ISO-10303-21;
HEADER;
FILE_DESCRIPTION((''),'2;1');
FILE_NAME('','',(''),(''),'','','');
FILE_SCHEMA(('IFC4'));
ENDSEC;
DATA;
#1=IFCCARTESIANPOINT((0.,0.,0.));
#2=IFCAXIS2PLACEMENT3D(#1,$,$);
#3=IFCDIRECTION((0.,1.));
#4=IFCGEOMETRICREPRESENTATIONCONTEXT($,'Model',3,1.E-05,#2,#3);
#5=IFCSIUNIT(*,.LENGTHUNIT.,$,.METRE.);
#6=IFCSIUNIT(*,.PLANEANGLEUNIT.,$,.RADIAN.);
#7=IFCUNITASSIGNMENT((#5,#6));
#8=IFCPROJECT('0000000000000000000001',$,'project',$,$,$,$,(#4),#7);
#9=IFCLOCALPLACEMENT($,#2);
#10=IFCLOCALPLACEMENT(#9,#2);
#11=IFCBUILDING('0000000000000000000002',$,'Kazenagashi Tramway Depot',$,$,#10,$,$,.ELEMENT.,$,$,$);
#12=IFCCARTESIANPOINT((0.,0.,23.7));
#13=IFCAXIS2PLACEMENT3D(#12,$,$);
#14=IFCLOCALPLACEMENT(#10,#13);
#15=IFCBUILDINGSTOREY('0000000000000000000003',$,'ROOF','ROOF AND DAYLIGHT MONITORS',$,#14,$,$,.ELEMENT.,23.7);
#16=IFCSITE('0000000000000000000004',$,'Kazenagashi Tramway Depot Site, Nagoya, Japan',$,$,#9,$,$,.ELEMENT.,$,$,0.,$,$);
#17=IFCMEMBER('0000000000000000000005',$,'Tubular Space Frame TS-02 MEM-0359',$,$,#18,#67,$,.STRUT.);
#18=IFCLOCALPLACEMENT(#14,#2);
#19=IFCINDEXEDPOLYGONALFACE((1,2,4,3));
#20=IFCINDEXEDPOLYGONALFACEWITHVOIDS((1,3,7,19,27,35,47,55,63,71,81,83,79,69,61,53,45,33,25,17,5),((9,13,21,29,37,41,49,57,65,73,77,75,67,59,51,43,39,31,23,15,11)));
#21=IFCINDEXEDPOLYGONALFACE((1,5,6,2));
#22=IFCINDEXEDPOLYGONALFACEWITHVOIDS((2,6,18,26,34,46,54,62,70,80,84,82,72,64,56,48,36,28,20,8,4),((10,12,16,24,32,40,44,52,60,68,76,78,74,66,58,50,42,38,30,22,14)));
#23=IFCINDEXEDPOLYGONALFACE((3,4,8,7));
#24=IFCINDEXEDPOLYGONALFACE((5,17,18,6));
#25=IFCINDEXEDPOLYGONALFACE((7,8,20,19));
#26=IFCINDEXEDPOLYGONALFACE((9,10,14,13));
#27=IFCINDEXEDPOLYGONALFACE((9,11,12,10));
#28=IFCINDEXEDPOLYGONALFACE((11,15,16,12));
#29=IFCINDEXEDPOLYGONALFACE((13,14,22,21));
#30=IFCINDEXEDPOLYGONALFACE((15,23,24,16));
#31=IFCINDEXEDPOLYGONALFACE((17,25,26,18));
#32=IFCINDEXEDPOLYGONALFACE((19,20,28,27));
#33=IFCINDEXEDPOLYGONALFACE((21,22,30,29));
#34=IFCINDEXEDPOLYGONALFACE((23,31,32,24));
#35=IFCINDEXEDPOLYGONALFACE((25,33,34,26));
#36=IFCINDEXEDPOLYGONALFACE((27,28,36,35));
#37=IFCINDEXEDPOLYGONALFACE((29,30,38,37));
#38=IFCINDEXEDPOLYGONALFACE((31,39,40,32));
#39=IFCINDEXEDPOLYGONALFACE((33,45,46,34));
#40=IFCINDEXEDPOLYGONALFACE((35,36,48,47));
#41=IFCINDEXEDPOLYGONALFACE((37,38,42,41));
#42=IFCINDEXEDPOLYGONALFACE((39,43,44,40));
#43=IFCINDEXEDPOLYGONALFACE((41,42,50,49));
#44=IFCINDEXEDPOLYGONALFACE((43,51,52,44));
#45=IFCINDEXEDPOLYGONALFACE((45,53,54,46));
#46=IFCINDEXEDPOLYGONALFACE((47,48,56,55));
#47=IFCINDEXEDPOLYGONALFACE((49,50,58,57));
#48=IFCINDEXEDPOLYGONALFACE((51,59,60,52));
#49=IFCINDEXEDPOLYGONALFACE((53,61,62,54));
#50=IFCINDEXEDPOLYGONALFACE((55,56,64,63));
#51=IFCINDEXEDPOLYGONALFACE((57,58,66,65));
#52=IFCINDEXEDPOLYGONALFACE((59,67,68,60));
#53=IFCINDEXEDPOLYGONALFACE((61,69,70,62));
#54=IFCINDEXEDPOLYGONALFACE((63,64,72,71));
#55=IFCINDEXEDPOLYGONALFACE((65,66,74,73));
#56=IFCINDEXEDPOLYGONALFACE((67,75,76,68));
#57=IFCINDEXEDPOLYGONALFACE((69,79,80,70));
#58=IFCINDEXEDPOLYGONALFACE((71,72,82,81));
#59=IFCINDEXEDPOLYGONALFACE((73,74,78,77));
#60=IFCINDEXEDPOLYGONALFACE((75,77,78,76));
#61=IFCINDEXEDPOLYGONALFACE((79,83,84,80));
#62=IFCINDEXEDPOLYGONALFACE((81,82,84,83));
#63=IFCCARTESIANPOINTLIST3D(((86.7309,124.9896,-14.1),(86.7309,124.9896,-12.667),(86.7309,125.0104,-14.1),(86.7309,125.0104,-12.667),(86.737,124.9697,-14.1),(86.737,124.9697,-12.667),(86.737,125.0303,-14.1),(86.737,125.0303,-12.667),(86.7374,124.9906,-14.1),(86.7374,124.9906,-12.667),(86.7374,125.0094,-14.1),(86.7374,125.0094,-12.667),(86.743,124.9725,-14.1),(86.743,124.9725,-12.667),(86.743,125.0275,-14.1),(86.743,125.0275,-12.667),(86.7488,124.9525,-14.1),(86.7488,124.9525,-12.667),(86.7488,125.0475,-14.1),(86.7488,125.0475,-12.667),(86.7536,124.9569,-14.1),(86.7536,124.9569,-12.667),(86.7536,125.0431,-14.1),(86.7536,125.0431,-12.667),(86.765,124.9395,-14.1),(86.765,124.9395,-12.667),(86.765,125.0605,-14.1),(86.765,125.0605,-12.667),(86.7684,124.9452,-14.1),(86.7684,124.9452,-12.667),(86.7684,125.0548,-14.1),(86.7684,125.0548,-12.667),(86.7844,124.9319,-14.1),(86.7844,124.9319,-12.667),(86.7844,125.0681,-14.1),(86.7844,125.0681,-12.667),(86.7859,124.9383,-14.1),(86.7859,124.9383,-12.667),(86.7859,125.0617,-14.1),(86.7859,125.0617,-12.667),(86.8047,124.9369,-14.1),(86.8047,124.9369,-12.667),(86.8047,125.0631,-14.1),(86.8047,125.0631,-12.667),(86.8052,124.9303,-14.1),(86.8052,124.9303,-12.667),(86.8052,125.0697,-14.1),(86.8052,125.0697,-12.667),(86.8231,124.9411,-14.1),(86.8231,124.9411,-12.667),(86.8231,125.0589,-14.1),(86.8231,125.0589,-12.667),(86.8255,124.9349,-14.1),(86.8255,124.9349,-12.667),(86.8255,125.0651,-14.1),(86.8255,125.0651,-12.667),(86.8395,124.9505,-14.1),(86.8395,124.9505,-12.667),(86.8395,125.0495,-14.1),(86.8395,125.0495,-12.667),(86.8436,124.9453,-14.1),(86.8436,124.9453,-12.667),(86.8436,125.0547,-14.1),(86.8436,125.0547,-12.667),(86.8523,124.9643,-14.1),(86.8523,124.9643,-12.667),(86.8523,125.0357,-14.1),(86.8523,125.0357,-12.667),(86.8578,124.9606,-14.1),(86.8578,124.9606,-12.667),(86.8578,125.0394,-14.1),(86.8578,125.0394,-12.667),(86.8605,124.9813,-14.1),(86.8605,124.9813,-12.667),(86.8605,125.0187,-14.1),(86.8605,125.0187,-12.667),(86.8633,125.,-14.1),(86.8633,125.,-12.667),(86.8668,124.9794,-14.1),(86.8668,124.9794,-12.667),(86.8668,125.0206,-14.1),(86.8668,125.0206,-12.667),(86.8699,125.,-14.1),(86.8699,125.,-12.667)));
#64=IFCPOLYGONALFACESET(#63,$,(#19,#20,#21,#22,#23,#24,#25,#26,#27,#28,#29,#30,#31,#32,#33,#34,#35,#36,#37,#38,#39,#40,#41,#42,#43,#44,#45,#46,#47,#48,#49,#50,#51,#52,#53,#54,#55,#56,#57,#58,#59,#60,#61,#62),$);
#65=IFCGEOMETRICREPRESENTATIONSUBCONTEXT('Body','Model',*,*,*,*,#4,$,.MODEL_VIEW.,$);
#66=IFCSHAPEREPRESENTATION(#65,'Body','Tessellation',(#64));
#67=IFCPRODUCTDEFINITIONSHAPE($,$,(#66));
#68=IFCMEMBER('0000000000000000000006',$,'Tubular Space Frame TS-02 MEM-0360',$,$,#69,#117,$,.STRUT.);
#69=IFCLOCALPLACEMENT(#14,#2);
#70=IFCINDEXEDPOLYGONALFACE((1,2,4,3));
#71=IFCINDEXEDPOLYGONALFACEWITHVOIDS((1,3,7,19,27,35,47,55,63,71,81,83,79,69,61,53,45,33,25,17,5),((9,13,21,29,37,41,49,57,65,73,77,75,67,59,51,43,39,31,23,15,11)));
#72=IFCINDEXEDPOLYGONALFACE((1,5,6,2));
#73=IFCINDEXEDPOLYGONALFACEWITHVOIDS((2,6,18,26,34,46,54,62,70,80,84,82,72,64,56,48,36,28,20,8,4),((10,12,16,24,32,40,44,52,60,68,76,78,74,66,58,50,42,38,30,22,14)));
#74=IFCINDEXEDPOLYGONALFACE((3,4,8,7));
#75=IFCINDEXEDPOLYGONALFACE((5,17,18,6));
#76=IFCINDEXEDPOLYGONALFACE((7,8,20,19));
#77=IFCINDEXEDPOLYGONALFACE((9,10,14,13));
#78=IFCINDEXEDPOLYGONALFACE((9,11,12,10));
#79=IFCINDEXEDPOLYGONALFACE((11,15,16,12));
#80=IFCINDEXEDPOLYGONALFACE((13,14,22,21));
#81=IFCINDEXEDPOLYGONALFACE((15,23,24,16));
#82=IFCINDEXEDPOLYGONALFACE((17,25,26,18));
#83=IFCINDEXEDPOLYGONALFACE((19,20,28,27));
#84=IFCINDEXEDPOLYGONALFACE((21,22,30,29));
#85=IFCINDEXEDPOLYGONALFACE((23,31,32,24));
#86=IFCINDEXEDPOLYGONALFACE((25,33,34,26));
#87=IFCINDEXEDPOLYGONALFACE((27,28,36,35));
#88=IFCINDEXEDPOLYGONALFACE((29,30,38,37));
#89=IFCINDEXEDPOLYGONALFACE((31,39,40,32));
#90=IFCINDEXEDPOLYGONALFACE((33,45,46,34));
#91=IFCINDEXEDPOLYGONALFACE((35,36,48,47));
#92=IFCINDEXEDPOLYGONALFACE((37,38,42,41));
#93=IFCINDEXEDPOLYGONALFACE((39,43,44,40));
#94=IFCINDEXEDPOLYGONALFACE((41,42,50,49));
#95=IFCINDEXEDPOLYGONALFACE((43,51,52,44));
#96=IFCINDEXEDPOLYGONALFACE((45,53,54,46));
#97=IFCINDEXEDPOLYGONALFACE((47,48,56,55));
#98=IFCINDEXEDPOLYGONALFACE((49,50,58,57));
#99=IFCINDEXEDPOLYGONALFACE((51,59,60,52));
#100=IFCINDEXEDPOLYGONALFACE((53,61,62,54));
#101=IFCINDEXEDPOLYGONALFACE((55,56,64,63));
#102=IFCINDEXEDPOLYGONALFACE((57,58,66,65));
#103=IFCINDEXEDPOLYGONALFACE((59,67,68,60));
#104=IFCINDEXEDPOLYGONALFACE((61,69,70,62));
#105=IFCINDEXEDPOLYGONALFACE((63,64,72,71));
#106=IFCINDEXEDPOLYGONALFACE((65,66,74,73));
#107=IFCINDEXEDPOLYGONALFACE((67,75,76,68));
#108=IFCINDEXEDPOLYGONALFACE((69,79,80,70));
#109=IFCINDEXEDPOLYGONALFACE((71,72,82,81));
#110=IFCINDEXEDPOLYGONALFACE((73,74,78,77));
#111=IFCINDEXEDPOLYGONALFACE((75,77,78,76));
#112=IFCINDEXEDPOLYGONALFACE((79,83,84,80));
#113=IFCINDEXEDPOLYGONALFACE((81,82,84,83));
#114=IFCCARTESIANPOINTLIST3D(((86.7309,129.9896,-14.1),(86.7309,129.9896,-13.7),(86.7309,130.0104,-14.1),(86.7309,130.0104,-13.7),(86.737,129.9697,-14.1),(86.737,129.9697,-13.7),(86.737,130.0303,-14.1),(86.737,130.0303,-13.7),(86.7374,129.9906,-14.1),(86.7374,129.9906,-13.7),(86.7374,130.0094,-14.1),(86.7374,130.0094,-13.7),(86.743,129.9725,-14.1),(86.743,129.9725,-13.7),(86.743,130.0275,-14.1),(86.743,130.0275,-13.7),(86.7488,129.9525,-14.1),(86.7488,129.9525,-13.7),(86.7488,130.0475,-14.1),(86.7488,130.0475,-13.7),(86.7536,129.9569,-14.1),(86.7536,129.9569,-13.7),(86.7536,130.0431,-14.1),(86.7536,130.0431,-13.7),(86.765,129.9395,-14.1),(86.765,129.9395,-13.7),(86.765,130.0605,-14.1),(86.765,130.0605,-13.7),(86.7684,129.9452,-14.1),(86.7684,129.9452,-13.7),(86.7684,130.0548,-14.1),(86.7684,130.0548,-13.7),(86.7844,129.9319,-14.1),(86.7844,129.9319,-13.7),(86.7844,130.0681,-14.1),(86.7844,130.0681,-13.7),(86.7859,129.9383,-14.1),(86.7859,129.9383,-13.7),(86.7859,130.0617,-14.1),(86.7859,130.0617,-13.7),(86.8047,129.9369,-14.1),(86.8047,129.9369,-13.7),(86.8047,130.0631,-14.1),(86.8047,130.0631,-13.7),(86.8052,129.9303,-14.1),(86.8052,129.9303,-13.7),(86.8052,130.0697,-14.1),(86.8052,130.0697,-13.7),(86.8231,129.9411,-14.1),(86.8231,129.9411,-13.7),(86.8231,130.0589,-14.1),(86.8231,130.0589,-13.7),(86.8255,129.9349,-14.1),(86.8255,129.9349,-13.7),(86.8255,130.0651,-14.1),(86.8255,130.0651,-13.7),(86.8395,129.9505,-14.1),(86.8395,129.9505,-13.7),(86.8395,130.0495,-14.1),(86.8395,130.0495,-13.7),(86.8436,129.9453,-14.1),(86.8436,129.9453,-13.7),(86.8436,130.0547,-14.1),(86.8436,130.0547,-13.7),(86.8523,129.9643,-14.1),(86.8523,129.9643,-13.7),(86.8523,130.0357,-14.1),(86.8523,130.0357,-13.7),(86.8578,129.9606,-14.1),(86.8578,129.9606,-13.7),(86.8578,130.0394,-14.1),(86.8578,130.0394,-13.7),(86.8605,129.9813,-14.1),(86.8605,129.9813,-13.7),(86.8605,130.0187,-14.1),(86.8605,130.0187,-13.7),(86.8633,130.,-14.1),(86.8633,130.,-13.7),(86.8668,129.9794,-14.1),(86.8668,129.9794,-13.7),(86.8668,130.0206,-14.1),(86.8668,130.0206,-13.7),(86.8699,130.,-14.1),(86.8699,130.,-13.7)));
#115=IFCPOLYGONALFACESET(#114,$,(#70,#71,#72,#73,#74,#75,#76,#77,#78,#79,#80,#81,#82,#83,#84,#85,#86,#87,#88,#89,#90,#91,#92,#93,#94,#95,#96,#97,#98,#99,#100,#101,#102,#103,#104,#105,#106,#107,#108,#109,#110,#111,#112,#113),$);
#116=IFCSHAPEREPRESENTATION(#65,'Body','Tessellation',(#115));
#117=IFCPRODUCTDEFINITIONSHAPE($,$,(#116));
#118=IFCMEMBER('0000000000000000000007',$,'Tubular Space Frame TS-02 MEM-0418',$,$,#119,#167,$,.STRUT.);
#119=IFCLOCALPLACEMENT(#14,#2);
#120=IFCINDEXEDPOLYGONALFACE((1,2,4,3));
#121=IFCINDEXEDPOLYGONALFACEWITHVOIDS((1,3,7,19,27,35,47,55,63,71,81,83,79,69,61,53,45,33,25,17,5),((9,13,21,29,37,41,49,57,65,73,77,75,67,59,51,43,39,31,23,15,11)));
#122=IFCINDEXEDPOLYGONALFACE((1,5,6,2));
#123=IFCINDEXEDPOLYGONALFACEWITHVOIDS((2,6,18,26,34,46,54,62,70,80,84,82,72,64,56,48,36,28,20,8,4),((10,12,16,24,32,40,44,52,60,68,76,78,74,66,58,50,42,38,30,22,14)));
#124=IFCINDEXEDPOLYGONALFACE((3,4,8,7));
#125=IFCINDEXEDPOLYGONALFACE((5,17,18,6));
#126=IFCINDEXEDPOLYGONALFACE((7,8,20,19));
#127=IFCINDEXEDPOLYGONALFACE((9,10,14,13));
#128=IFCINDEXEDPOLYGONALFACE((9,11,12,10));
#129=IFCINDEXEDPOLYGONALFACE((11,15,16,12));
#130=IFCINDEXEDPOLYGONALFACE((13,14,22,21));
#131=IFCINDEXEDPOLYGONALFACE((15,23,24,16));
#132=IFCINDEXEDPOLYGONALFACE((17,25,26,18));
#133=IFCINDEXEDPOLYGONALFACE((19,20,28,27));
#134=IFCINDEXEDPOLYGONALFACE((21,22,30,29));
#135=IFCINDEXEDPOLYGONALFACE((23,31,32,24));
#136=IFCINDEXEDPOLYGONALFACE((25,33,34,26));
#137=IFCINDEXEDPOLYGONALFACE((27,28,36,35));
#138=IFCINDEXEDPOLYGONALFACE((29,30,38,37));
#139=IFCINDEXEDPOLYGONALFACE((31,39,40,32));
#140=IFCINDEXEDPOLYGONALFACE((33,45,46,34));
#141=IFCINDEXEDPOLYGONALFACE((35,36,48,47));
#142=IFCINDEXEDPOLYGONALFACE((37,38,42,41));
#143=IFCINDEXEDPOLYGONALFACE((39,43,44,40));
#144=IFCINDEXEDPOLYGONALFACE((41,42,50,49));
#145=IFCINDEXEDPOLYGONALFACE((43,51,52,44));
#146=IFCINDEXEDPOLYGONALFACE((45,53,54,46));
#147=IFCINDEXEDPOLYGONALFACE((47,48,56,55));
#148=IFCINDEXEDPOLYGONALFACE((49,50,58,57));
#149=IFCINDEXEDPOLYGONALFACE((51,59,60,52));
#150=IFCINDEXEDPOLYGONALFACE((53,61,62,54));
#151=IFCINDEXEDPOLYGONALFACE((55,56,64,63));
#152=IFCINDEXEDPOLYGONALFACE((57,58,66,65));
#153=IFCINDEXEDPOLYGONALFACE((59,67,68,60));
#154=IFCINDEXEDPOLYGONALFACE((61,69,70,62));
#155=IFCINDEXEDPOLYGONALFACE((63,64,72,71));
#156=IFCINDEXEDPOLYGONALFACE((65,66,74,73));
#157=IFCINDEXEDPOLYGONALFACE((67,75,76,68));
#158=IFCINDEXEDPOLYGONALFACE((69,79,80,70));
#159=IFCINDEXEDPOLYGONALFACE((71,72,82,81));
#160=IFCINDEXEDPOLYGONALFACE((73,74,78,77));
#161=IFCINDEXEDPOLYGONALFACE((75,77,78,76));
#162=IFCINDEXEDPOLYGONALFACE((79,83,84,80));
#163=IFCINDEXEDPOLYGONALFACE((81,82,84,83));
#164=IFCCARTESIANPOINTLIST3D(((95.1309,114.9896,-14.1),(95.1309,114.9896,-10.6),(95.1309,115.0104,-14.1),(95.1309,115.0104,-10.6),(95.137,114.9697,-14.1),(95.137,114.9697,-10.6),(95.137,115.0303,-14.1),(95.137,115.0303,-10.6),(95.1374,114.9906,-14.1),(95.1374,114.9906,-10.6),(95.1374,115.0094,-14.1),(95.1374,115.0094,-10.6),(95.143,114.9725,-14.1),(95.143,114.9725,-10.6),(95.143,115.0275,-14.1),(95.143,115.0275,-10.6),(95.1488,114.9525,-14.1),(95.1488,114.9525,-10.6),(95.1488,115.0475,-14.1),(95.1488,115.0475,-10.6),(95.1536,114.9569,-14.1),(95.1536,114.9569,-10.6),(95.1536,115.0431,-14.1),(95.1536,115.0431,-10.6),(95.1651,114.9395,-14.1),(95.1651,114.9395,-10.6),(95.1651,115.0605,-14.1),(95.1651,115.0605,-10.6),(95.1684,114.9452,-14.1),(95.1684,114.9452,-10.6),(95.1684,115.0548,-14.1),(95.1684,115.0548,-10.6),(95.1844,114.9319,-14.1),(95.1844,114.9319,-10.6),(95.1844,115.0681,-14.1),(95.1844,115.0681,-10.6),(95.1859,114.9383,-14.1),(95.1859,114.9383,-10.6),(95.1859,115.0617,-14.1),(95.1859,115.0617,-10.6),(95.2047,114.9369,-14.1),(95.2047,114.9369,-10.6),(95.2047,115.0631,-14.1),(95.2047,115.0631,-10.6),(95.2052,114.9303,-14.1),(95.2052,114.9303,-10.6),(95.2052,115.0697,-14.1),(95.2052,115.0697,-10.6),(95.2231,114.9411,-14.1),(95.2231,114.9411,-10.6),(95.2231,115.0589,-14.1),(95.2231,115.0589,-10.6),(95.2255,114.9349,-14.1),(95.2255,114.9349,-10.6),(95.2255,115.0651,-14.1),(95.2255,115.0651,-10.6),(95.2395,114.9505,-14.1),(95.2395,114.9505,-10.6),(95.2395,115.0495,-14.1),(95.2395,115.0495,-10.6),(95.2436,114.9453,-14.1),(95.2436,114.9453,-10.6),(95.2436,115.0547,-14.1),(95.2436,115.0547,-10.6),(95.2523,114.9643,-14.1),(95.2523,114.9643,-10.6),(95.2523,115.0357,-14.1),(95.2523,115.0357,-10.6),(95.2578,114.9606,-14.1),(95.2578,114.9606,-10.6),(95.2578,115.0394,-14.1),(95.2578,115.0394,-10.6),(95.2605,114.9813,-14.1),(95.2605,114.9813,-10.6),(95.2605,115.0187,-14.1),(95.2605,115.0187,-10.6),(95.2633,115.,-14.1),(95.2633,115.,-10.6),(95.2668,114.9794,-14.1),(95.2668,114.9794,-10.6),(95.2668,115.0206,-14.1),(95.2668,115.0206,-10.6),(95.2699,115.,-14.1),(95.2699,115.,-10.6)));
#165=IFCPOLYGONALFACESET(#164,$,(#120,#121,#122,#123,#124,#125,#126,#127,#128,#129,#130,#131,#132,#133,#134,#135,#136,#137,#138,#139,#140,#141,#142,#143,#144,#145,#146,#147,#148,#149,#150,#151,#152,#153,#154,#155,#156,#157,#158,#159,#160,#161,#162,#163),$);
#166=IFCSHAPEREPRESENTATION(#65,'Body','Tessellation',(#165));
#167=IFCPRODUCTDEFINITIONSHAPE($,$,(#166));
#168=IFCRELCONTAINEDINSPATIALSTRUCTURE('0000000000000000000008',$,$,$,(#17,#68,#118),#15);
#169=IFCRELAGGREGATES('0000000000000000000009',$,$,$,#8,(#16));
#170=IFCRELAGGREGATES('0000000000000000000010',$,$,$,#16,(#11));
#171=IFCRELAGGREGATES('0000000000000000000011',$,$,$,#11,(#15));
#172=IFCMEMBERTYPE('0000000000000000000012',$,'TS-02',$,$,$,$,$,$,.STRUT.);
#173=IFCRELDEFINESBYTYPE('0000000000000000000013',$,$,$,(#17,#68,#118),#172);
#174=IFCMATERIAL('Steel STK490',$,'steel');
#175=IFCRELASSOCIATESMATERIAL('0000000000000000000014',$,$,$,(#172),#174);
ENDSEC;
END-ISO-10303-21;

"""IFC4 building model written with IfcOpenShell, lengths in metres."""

from ifc_helpers import new_model, si_unit, direction, frame, origin, origin_2d, place, context, subcontext, project, spatial, hollow_circle, extrude, material, material_profile, profile_set, type_object, element, save


model = new_model("IFC4")

# Units and contexts
model_context = context("Model", 3, precision=1e-05, world=origin(), true_north=direction((0.0, 1.0)))
body_context = subcontext(model_context, "Body", "Model", "MODEL_VIEW")
ifc_project = project(units=[si_unit("LENGTHUNIT", "METRE"), si_unit("PLANEANGLEUNIT", "RADIAN")], contexts=[model_context])

# Site, building, storey
site_placement = place(None, origin())
site = spatial("IfcSite", under=ifc_project, at=site_placement, Name="Kazenagashi Tramway Depot Site, Nagoya, Japan", CompositionType="ELEMENT", RefElevation=0.0)
building_placement = place(site_placement, origin())
building = spatial("IfcBuilding", under=site, at=building_placement, Name="Kazenagashi Tramway Depot", CompositionType="ELEMENT")
storey_placement = place(building_placement, frame((0.0, 0.0, 23.7)))
storey = spatial("IfcBuildingStorey", under=building, at=storey_placement, Name="ROOF", Description="ROOF AND DAYLIGHT MONITORS", CompositionType="ELEMENT", Elevation=23.7)

# Members
ifc_material_1 = material(Name="Steel STK490", Category="steel")
ifc_material_profile_1 = material_profile(ifc_material_1, hollow_circle(Radius=0.0699, WallThickness=0.0066, at=origin_2d()), Name="CHS-139.8x6.6")
ifc_profile_set_1 = profile_set([ifc_material_profile_1], Name="Steel STK490")
member_type_1 = type_object("IfcMemberType", Name="TS-02", PredefinedType="STRUT", material=ifc_profile_set_1)
member_1_placement = place(storey_placement, frame((86.8, 125.0, -14.1), z_axis=(0.0, 0.0, 1.0), x_axis=(1.0, 0.0, 0.0)))
element("IfcMember", 1, at=member_1_placement, inside=storey, type_object=member_type_1, Name="Tubular Space Frame TS-02 MEM-0359", PredefinedType="STRUT", context=body_context, shape_type="SweptSolid", body=[
    extrude(hollow_circle(Radius=0.0699, WallThickness=0.0066, at=origin_2d()), origin(), (0.0, 0.0, 1.0), 1.433),
])
member_2_placement = place(storey_placement, frame((86.8, 130.0, -14.1), z_axis=(0.0, 0.0, 1.0), x_axis=(1.0, 0.0, 0.0)))
element("IfcMember", 2, at=member_2_placement, inside=storey, type_object=member_type_1, Name="Tubular Space Frame TS-02 MEM-0360", PredefinedType="STRUT", context=body_context, shape_type="SweptSolid", body=[
    extrude(hollow_circle(Radius=0.0699, WallThickness=0.0066, at=origin_2d()), origin(), (0.0, 0.0, 1.0), 0.4),
])
member_3_placement = place(storey_placement, frame((95.2, 115.0, -14.1), z_axis=(0.0, 0.0, 1.0), x_axis=(1.0, 0.0, 0.0)))
element("IfcMember", 3, at=member_3_placement, inside=storey, type_object=member_type_1, Name="Tubular Space Frame TS-02 MEM-0418", PredefinedType="STRUT", context=body_context, shape_type="SweptSolid", body=[
    extrude(hollow_circle(Radius=0.0699, WallThickness=0.0066, at=origin_2d()), origin(), (0.0, 0.0, 1.0), 3.5),
])

save(model, "model.ifc")
